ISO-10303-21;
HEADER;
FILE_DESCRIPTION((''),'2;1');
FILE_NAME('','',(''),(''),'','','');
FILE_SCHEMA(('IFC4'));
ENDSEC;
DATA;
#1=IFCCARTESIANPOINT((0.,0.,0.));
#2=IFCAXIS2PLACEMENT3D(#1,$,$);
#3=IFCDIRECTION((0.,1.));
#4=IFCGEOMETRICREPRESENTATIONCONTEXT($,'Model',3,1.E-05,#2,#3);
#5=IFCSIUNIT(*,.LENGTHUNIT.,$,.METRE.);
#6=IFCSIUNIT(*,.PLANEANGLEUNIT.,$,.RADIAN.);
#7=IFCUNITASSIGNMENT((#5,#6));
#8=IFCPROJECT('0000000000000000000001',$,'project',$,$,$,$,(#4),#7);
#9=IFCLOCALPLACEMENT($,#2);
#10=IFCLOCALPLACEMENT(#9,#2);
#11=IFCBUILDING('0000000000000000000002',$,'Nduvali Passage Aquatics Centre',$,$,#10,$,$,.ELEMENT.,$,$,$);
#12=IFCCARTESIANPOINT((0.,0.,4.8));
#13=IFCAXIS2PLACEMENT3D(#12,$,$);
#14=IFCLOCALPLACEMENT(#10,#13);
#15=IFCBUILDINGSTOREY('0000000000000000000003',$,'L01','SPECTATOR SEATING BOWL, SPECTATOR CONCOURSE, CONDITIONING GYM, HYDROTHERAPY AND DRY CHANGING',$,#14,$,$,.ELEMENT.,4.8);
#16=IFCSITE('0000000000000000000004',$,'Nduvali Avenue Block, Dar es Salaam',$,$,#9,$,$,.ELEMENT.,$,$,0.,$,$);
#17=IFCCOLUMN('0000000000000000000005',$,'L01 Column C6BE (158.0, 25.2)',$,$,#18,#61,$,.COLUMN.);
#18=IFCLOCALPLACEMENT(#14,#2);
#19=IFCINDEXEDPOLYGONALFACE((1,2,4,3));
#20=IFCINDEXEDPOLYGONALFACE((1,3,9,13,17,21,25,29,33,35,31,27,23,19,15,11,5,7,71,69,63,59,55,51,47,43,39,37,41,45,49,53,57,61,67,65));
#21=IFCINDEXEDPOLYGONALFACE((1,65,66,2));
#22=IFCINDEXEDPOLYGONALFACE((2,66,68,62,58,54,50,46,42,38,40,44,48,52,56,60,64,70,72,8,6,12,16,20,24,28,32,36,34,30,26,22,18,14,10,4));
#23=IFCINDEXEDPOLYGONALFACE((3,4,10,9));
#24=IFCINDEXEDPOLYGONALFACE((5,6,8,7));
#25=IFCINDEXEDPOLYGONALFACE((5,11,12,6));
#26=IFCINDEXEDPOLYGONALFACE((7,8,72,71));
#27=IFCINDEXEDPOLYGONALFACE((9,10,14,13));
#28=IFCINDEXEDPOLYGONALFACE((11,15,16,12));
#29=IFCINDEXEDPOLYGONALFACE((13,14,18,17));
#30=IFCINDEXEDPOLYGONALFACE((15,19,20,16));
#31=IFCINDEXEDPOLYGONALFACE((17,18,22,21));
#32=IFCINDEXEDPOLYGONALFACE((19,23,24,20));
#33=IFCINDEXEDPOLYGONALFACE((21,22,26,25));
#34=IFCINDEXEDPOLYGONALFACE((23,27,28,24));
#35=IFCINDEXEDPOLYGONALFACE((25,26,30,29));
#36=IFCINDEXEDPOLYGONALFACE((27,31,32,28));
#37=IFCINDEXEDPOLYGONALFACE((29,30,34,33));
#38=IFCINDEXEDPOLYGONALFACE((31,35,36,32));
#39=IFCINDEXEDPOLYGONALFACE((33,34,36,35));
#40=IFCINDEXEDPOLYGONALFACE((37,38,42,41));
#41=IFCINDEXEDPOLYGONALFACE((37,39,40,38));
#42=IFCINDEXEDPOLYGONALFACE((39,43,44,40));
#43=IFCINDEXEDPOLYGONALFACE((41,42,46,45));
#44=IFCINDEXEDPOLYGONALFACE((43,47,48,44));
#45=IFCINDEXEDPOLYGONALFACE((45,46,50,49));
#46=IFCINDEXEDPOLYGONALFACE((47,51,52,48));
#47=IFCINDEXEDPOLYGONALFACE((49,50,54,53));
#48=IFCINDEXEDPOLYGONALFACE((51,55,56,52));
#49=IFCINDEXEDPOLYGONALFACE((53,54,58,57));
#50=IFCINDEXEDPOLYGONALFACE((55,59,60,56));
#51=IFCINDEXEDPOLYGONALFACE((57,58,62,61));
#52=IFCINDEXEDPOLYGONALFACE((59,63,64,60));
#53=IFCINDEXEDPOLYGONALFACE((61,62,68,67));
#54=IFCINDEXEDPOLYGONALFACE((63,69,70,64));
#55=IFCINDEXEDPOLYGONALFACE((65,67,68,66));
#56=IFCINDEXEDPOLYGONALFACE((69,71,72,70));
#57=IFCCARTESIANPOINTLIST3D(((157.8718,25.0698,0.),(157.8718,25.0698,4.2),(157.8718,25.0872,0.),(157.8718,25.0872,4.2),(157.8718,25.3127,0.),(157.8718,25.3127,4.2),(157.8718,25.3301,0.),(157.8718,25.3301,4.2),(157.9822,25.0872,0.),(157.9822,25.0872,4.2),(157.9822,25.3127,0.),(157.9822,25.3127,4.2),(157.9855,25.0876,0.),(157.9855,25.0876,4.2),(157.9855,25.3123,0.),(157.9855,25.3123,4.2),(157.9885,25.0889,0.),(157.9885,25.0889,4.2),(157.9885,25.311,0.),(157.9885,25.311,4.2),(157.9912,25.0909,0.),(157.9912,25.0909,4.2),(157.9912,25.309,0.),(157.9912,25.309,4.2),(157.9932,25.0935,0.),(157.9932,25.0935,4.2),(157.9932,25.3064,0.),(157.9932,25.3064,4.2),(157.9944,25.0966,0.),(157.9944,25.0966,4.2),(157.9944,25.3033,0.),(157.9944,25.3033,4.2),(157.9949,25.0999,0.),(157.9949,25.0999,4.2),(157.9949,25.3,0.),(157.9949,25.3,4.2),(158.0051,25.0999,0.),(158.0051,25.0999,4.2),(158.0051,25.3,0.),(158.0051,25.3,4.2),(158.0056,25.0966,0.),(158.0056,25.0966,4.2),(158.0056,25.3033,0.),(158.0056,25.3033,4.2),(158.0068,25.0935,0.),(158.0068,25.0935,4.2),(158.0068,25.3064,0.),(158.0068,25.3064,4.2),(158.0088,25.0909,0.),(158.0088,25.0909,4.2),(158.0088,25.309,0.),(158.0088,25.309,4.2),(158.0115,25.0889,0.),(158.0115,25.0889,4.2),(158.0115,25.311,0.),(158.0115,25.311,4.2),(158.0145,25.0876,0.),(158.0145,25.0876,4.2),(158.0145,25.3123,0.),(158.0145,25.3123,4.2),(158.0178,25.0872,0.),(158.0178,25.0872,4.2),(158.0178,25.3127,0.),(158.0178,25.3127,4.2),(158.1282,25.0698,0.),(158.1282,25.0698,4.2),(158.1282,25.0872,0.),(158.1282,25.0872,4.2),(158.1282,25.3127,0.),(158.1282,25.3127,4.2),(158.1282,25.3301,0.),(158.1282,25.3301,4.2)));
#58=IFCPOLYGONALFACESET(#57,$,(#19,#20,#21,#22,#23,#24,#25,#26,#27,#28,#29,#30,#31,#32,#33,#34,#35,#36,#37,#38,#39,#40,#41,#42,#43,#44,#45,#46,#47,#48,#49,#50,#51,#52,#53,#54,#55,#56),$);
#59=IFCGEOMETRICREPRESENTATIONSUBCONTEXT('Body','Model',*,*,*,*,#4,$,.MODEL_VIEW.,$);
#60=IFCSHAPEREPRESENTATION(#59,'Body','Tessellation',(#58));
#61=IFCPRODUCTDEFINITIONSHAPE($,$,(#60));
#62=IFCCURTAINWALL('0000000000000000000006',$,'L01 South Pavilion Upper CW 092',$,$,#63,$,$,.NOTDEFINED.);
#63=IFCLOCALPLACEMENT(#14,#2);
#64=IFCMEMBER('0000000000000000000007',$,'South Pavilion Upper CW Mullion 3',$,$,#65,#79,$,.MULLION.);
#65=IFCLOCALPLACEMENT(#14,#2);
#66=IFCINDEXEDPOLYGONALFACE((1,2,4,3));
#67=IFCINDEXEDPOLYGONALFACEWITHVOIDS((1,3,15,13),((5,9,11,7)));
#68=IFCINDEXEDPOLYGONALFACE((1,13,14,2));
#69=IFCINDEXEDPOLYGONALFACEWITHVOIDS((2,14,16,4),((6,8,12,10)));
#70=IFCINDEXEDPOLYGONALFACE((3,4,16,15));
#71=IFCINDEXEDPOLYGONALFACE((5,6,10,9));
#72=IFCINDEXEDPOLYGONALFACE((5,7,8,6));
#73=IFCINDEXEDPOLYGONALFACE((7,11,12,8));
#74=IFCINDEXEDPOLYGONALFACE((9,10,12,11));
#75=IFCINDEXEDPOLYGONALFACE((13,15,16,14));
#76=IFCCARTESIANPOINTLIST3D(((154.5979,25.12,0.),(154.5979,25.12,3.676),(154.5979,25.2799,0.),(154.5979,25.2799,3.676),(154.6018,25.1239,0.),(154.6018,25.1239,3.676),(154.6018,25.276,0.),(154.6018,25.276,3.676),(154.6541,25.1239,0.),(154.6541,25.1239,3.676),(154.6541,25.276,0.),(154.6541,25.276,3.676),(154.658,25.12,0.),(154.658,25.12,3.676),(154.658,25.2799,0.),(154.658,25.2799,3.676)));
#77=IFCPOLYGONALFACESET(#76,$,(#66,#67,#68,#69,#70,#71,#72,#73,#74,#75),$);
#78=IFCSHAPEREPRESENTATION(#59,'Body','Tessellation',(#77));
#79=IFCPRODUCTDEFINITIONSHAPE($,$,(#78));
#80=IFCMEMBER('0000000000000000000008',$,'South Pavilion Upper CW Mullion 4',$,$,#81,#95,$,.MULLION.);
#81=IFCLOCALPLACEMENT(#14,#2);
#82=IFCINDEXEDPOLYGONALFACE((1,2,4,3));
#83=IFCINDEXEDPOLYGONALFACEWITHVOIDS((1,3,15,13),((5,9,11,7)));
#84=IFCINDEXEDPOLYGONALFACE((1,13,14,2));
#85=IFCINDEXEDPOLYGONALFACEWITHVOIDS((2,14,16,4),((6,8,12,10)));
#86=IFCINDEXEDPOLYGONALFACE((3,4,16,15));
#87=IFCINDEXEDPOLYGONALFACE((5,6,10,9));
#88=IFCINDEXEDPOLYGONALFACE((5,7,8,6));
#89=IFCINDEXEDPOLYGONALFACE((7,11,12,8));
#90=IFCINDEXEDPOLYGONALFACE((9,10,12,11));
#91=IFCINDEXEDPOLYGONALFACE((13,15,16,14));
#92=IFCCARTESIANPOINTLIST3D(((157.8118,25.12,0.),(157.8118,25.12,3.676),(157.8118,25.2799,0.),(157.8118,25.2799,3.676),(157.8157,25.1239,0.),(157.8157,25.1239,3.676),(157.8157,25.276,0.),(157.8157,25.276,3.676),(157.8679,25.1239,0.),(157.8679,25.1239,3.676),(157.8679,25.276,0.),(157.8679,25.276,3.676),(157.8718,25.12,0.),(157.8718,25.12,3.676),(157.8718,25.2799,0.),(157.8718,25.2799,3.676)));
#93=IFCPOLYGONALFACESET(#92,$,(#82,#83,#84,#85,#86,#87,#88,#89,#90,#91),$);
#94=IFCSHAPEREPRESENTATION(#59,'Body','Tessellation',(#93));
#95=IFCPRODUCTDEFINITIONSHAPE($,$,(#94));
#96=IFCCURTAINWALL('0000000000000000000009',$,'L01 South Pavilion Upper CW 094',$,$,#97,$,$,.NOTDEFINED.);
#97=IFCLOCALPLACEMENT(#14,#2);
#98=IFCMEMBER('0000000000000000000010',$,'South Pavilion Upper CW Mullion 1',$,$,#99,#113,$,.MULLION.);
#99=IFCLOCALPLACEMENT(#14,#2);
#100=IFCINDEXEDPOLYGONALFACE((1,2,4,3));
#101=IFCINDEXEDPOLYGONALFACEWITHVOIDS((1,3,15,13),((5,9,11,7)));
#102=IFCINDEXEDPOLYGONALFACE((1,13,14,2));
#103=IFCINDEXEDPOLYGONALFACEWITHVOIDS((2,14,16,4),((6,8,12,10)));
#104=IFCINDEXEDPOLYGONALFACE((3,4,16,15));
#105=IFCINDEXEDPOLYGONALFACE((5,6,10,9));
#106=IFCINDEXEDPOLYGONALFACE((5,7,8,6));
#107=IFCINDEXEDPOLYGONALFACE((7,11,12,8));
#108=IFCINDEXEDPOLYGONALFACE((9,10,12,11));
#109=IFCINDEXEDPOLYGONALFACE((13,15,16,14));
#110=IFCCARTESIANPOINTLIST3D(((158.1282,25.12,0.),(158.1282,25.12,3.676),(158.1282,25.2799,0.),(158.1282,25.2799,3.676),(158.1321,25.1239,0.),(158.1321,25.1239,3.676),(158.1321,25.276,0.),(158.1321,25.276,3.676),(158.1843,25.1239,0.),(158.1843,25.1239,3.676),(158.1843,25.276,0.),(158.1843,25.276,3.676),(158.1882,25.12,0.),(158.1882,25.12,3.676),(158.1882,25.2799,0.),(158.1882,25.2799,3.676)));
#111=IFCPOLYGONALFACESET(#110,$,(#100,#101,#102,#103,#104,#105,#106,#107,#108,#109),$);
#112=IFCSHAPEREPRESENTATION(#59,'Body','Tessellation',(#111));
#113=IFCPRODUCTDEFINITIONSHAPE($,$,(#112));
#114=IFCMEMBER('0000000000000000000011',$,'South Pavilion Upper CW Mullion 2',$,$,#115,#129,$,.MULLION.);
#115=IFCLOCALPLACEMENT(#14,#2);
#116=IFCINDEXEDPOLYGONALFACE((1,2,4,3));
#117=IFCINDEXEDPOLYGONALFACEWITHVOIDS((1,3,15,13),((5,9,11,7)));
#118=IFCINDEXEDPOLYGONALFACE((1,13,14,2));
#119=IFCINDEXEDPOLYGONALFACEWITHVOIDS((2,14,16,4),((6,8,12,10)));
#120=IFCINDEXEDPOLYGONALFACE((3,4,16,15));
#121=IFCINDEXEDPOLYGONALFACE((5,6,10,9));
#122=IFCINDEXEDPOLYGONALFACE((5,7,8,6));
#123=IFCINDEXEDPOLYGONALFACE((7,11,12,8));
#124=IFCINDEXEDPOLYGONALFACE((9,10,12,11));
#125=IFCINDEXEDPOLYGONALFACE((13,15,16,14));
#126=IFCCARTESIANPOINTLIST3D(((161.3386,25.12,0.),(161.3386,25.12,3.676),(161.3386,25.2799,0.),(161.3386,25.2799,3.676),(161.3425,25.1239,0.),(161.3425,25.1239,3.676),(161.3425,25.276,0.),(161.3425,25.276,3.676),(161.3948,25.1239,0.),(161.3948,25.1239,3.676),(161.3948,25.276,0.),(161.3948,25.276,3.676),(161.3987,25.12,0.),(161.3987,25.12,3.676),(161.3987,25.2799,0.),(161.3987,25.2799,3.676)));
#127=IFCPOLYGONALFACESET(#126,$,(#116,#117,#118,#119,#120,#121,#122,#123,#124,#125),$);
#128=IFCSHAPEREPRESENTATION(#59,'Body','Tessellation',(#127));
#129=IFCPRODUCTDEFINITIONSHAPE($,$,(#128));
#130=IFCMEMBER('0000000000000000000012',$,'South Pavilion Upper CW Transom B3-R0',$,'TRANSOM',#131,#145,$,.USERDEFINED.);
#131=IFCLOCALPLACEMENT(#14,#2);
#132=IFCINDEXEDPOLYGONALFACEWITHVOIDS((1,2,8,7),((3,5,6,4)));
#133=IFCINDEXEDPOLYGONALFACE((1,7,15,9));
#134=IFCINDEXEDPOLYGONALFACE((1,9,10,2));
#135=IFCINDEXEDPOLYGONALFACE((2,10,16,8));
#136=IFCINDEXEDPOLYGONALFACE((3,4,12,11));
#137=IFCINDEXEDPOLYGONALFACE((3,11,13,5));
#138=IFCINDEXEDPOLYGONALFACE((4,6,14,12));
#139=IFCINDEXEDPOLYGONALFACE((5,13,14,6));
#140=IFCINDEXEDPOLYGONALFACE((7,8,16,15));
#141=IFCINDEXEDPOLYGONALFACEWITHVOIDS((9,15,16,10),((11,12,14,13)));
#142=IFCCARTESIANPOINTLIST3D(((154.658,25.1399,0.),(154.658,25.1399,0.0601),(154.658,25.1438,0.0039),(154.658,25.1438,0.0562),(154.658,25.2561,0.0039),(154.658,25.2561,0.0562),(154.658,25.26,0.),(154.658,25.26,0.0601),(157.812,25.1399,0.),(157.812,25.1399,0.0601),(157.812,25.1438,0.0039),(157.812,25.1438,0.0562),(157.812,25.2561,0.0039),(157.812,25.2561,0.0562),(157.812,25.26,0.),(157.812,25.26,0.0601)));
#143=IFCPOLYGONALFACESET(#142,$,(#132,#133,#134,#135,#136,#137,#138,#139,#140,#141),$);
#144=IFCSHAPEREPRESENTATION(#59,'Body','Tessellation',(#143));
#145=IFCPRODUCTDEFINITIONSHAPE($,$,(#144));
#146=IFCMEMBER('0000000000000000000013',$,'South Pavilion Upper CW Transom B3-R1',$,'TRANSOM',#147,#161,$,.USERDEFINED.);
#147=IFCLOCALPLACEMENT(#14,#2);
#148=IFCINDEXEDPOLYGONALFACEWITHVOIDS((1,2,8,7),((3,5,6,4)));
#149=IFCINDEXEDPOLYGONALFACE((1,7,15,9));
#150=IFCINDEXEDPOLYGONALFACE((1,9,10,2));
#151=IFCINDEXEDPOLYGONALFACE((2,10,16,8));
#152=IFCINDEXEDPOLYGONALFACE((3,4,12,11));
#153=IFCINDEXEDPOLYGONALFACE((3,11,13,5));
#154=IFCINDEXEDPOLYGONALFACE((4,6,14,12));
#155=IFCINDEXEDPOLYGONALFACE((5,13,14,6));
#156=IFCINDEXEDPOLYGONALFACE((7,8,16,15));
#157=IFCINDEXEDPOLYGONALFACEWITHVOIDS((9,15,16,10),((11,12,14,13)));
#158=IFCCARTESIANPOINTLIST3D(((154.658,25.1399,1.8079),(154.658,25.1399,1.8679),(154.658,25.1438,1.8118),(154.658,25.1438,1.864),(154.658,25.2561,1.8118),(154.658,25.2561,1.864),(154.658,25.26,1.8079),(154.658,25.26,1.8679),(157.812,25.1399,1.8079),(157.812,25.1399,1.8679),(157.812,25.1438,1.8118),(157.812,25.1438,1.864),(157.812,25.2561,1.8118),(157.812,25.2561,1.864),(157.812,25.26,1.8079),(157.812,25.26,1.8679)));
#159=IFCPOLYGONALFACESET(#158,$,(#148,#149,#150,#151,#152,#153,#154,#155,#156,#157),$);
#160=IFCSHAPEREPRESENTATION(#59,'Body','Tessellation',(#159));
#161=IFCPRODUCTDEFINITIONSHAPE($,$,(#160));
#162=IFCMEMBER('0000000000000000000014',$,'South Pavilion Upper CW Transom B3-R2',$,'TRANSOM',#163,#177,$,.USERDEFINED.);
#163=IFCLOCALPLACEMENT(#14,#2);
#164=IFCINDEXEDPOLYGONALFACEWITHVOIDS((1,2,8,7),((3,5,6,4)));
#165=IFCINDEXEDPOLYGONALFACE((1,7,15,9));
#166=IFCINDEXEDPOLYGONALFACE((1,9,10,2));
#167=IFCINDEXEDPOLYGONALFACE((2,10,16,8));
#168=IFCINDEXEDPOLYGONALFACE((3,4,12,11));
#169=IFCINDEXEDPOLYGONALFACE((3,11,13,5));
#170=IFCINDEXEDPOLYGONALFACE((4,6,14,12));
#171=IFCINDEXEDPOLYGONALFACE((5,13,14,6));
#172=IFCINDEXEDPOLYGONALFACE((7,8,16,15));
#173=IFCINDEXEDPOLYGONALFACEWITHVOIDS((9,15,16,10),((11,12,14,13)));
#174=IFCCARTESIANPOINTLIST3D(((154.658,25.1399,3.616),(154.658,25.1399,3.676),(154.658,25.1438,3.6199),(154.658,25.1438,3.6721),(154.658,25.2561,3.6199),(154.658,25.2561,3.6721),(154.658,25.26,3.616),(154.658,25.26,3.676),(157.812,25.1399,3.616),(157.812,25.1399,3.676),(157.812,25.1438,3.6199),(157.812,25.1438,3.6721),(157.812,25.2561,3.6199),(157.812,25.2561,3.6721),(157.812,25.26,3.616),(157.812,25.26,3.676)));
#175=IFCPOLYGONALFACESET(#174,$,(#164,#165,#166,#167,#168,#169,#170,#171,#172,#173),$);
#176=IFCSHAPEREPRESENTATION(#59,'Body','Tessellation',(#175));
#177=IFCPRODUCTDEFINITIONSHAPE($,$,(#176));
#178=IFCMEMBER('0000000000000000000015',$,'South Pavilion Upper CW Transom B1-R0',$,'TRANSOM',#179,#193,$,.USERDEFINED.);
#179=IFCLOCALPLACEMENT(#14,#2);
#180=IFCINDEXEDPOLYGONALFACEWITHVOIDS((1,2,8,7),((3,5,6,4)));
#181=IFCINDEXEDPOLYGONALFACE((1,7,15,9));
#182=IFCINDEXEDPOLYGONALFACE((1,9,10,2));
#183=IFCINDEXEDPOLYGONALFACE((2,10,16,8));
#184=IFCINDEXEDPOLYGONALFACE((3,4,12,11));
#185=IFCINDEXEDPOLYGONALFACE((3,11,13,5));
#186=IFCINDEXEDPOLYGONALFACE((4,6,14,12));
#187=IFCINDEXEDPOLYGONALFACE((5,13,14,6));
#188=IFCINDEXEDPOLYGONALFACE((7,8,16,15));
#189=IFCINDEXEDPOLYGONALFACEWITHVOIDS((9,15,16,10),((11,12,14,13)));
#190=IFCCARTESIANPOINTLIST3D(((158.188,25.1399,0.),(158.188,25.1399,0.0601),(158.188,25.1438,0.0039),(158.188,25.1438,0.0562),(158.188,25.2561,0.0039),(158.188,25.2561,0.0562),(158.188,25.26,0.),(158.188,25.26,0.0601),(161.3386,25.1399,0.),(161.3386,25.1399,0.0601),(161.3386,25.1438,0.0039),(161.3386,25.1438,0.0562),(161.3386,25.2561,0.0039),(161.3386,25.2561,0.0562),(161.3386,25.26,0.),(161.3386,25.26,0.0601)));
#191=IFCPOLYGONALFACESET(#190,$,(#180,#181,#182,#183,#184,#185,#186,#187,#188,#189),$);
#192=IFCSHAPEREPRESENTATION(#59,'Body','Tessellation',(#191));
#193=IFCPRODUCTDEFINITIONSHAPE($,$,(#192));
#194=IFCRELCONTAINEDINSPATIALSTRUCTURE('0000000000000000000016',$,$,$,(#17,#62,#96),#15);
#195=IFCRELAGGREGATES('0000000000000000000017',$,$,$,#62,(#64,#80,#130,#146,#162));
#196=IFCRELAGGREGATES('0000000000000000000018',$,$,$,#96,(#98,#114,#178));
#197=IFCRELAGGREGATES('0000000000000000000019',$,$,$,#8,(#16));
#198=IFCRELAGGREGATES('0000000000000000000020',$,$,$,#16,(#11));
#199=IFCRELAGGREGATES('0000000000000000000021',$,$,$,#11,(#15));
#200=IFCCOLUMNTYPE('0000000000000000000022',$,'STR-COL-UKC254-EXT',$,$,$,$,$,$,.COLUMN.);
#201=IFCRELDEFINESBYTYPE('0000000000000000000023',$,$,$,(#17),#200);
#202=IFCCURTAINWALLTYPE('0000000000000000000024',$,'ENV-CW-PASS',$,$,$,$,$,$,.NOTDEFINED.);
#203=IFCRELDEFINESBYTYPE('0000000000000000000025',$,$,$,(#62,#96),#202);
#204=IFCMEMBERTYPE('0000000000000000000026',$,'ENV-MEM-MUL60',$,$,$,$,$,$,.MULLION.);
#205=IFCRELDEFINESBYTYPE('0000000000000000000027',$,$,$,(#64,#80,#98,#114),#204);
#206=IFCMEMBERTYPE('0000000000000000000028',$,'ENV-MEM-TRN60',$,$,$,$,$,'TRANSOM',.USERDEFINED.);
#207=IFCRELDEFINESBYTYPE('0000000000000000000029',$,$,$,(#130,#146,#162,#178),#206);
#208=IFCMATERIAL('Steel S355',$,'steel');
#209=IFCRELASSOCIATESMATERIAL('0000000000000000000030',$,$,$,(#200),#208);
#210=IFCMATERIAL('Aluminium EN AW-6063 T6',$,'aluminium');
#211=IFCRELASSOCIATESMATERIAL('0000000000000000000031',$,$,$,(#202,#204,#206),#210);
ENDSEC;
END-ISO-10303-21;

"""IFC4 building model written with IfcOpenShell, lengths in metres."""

from ifc_helpers import new_model, si_unit, direction, frame, origin, origin_2d, place, context, subcontext, project, spatial, hollow_rectangle, i_section, extrude, material, material_profile, profile_set, type_object, element, aggregate, save


model = new_model("IFC4")

# Units and contexts
model_context = context("Model", 3, precision=1e-05, world=origin(), true_north=direction((0.0, 1.0)))
body_context = subcontext(model_context, "Body", "Model", "MODEL_VIEW")
ifc_project = project(units=[si_unit("LENGTHUNIT", "METRE"), si_unit("PLANEANGLEUNIT", "RADIAN")], contexts=[model_context])

# Site, building, storey
site_placement = place(None, origin())
site = spatial("IfcSite", under=ifc_project, at=site_placement, Name="Nduvali Avenue Block, Dar es Salaam", CompositionType="ELEMENT", RefElevation=0.0)
building_placement = place(site_placement, origin())
building = spatial("IfcBuilding", under=site, at=building_placement, Name="Nduvali Passage Aquatics Centre", CompositionType="ELEMENT")
storey_placement = place(building_placement, frame((0.0, 0.0, 4.8)))
storey = spatial("IfcBuildingStorey", under=building, at=storey_placement, Name="L01", Description="SPECTATOR SEATING BOWL, SPECTATOR CONCOURSE, CONDITIONING GYM, HYDROTHERAPY AND DRY CHANGING", CompositionType="ELEMENT", Elevation=4.8)

# Column
ifc_material_1 = material(Name="Steel S355", Category="steel")
ifc_material_profile_1 = material_profile(ifc_material_1, i_section(OverallWidth=0.2563, OverallDepth=0.2603, WebThickness=0.0103, FlangeThickness=0.0173, FilletRadius=0.0127, at=origin_2d()), Name="UKC 254x254x89")
ifc_profile_set_1 = profile_set([ifc_material_profile_1], Name="Steel S355")
column_type = type_object("IfcColumnType", Name="STR-COL-UKC254-EXT", PredefinedType="COLUMN", material=ifc_profile_set_1)
column_placement = place(storey_placement, frame((158.0, 25.2, 0.0), z_axis=(0.0, 0.0, 1.0), x_axis=(1.0, 0.0, 0.0)))
element("IfcColumn", 1, at=column_placement, inside=storey, type_object=column_type, Name="L01 Column C6BE (158.0, 25.2)", PredefinedType="COLUMN", context=body_context, shape_type="SweptSolid", body=[
    extrude(i_section(OverallWidth=0.2563, OverallDepth=0.2603, WebThickness=0.0103, FlangeThickness=0.0173, FilletRadius=0.0127, at=origin_2d()), origin(), (0.0, 0.0, 1.0), 4.2),
])

# Curtain walls, members
ifc_material_2 = material(Name="Aluminium EN AW-6063 T6", Category="aluminium")
curtain_wall_type = type_object("IfcCurtainWallType", Name="ENV-CW-PASS", PredefinedType="NOTDEFINED", material=ifc_material_2)
curtain_wall_1_placement = place(storey_placement, origin())
curtain_wall_1 = element("IfcCurtainWall", 2, at=curtain_wall_1_placement, inside=storey, type_object=curtain_wall_type, Name="L01 South Pavilion Upper CW 092", PredefinedType="NOTDEFINED")
ifc_material_profile_2 = material_profile(ifc_material_2, hollow_rectangle(XDim=0.0601, YDim=0.1599, WallThickness=0.0039, at=origin_2d()), Name="ALU MULLION 60x160x4")
ifc_profile_set_2 = profile_set([ifc_material_profile_2], Name="Aluminium EN AW-6063 T6")
member_type_1 = type_object("IfcMemberType", Name="ENV-MEM-MUL60", PredefinedType="MULLION", material=ifc_profile_set_2)
member_1_placement = place(storey_placement, frame((154.6279, 25.2, 0.0), z_axis=(0.0, 0.0, 1.0), x_axis=(1.0, 0.0, 0.0)))
member_1 = element("IfcMember", 3, at=member_1_placement, type_object=member_type_1, Name="South Pavilion Upper CW Mullion 3", PredefinedType="MULLION", context=body_context, shape_type="SweptSolid", body=[
    extrude(hollow_rectangle(XDim=0.0601, YDim=0.1599, WallThickness=0.0039, at=origin_2d()), origin(), (0.0, 0.0, 1.0), 3.676),
])
member_2_placement = place(storey_placement, frame((157.8418, 25.2, 0.0), z_axis=(0.0, 0.0, 1.0), x_axis=(1.0, 0.0, 0.0)))
member_2 = element("IfcMember", 4, at=member_2_placement, type_object=member_type_1, Name="South Pavilion Upper CW Mullion 4", PredefinedType="MULLION", context=body_context, shape_type="SweptSolid", body=[
    extrude(hollow_rectangle(XDim=0.0601, YDim=0.1599, WallThickness=0.0039, at=origin_2d()), origin(), (0.0, 0.0, 1.0), 3.676),
])
curtain_wall_2_placement = place(storey_placement, origin())
curtain_wall_2 = element("IfcCurtainWall", 5, at=curtain_wall_2_placement, inside=storey, type_object=curtain_wall_type, Name="L01 South Pavilion Upper CW 094", PredefinedType="NOTDEFINED")
member_3_placement = place(storey_placement, frame((158.1582, 25.2, 0.0), z_axis=(0.0, 0.0, 1.0), x_axis=(1.0, 0.0, 0.0)))
member_3 = element("IfcMember", 6, at=member_3_placement, type_object=member_type_1, Name="South Pavilion Upper CW Mullion 1", PredefinedType="MULLION", context=body_context, shape_type="SweptSolid", body=[
    extrude(hollow_rectangle(XDim=0.0601, YDim=0.1599, WallThickness=0.0039, at=origin_2d()), origin(), (0.0, 0.0, 1.0), 3.676),
])
member_4_placement = place(storey_placement, frame((161.3687, 25.2, 0.0), z_axis=(0.0, 0.0, 1.0), x_axis=(1.0, 0.0, 0.0)))
member_4 = element("IfcMember", 7, at=member_4_placement, type_object=member_type_1, Name="South Pavilion Upper CW Mullion 2", PredefinedType="MULLION", context=body_context, shape_type="SweptSolid", body=[
    extrude(hollow_rectangle(XDim=0.0601, YDim=0.1599, WallThickness=0.0039, at=origin_2d()), origin(), (0.0, 0.0, 1.0), 3.676),
])

# Members
ifc_material_profile_3 = material_profile(ifc_material_2, hollow_rectangle(XDim=0.1201, YDim=0.0601, WallThickness=0.0039, at=origin_2d()), Name="ALU TRANSOM 120x60x4")
ifc_profile_set_3 = profile_set([ifc_material_profile_3], Name="Aluminium EN AW-6063 T6")
member_type_2 = type_object("IfcMemberType", Name="ENV-MEM-TRN60", ElementType="TRANSOM", PredefinedType="USERDEFINED", material=ifc_profile_set_3)
member_5_placement = place(storey_placement, frame((154.658, 25.2, 0.03), z_axis=(1.0, 0.0, 0.0), x_axis=(0.0, 1.0, 0.0)))
member_5 = element("IfcMember", 8, at=member_5_placement, type_object=member_type_2, Name="South Pavilion Upper CW Transom B3-R0", ObjectType="TRANSOM", PredefinedType="USERDEFINED", context=body_context, shape_type="SweptSolid", body=[
    extrude(hollow_rectangle(XDim=0.1201, YDim=0.0601, WallThickness=0.0039, at=origin_2d()), origin(), (0.0, 0.0, 1.0), 3.1541),
])
member_6_placement = place(storey_placement, frame((154.658, 25.2, 1.8379), z_axis=(1.0, 0.0, 0.0), x_axis=(0.0, 1.0, 0.0)))
member_6 = element("IfcMember", 9, at=member_6_placement, type_object=member_type_2, Name="South Pavilion Upper CW Transom B3-R1", ObjectType="TRANSOM", PredefinedType="USERDEFINED", context=body_context, shape_type="SweptSolid", body=[
    extrude(hollow_rectangle(XDim=0.1201, YDim=0.0601, WallThickness=0.0039, at=origin_2d()), origin(), (0.0, 0.0, 1.0), 3.1541),
])
member_7_placement = place(storey_placement, frame((154.658, 25.2, 3.646), z_axis=(1.0, 0.0, 0.0), x_axis=(0.0, 1.0, 0.0)))
member_7 = element("IfcMember", 10, at=member_7_placement, type_object=member_type_2, Name="South Pavilion Upper CW Transom B3-R2", ObjectType="TRANSOM", PredefinedType="USERDEFINED", context=body_context, shape_type="SweptSolid", body=[
    extrude(hollow_rectangle(XDim=0.1201, YDim=0.0601, WallThickness=0.0039, at=origin_2d()), origin(), (0.0, 0.0, 1.0), 3.1541),
])
member_8_placement = place(storey_placement, frame((158.188, 25.2, 0.03), z_axis=(1.0, 0.0, 0.0), x_axis=(0.0, 1.0, 0.0)))
member_8 = element("IfcMember", 11, at=member_8_placement, type_object=member_type_2, Name="South Pavilion Upper CW Transom B1-R0", ObjectType="TRANSOM", PredefinedType="USERDEFINED", context=body_context, shape_type="SweptSolid", body=[
    extrude(hollow_rectangle(XDim=0.1201, YDim=0.0601, WallThickness=0.0039, at=origin_2d()), origin(), (0.0, 0.0, 1.0), 3.1506),
])

aggregate(curtain_wall_1, [member_1, member_2, member_5, member_6, member_7])
aggregate(curtain_wall_2, [member_3, member_4, member_8])

save(model, "model.ifc")
